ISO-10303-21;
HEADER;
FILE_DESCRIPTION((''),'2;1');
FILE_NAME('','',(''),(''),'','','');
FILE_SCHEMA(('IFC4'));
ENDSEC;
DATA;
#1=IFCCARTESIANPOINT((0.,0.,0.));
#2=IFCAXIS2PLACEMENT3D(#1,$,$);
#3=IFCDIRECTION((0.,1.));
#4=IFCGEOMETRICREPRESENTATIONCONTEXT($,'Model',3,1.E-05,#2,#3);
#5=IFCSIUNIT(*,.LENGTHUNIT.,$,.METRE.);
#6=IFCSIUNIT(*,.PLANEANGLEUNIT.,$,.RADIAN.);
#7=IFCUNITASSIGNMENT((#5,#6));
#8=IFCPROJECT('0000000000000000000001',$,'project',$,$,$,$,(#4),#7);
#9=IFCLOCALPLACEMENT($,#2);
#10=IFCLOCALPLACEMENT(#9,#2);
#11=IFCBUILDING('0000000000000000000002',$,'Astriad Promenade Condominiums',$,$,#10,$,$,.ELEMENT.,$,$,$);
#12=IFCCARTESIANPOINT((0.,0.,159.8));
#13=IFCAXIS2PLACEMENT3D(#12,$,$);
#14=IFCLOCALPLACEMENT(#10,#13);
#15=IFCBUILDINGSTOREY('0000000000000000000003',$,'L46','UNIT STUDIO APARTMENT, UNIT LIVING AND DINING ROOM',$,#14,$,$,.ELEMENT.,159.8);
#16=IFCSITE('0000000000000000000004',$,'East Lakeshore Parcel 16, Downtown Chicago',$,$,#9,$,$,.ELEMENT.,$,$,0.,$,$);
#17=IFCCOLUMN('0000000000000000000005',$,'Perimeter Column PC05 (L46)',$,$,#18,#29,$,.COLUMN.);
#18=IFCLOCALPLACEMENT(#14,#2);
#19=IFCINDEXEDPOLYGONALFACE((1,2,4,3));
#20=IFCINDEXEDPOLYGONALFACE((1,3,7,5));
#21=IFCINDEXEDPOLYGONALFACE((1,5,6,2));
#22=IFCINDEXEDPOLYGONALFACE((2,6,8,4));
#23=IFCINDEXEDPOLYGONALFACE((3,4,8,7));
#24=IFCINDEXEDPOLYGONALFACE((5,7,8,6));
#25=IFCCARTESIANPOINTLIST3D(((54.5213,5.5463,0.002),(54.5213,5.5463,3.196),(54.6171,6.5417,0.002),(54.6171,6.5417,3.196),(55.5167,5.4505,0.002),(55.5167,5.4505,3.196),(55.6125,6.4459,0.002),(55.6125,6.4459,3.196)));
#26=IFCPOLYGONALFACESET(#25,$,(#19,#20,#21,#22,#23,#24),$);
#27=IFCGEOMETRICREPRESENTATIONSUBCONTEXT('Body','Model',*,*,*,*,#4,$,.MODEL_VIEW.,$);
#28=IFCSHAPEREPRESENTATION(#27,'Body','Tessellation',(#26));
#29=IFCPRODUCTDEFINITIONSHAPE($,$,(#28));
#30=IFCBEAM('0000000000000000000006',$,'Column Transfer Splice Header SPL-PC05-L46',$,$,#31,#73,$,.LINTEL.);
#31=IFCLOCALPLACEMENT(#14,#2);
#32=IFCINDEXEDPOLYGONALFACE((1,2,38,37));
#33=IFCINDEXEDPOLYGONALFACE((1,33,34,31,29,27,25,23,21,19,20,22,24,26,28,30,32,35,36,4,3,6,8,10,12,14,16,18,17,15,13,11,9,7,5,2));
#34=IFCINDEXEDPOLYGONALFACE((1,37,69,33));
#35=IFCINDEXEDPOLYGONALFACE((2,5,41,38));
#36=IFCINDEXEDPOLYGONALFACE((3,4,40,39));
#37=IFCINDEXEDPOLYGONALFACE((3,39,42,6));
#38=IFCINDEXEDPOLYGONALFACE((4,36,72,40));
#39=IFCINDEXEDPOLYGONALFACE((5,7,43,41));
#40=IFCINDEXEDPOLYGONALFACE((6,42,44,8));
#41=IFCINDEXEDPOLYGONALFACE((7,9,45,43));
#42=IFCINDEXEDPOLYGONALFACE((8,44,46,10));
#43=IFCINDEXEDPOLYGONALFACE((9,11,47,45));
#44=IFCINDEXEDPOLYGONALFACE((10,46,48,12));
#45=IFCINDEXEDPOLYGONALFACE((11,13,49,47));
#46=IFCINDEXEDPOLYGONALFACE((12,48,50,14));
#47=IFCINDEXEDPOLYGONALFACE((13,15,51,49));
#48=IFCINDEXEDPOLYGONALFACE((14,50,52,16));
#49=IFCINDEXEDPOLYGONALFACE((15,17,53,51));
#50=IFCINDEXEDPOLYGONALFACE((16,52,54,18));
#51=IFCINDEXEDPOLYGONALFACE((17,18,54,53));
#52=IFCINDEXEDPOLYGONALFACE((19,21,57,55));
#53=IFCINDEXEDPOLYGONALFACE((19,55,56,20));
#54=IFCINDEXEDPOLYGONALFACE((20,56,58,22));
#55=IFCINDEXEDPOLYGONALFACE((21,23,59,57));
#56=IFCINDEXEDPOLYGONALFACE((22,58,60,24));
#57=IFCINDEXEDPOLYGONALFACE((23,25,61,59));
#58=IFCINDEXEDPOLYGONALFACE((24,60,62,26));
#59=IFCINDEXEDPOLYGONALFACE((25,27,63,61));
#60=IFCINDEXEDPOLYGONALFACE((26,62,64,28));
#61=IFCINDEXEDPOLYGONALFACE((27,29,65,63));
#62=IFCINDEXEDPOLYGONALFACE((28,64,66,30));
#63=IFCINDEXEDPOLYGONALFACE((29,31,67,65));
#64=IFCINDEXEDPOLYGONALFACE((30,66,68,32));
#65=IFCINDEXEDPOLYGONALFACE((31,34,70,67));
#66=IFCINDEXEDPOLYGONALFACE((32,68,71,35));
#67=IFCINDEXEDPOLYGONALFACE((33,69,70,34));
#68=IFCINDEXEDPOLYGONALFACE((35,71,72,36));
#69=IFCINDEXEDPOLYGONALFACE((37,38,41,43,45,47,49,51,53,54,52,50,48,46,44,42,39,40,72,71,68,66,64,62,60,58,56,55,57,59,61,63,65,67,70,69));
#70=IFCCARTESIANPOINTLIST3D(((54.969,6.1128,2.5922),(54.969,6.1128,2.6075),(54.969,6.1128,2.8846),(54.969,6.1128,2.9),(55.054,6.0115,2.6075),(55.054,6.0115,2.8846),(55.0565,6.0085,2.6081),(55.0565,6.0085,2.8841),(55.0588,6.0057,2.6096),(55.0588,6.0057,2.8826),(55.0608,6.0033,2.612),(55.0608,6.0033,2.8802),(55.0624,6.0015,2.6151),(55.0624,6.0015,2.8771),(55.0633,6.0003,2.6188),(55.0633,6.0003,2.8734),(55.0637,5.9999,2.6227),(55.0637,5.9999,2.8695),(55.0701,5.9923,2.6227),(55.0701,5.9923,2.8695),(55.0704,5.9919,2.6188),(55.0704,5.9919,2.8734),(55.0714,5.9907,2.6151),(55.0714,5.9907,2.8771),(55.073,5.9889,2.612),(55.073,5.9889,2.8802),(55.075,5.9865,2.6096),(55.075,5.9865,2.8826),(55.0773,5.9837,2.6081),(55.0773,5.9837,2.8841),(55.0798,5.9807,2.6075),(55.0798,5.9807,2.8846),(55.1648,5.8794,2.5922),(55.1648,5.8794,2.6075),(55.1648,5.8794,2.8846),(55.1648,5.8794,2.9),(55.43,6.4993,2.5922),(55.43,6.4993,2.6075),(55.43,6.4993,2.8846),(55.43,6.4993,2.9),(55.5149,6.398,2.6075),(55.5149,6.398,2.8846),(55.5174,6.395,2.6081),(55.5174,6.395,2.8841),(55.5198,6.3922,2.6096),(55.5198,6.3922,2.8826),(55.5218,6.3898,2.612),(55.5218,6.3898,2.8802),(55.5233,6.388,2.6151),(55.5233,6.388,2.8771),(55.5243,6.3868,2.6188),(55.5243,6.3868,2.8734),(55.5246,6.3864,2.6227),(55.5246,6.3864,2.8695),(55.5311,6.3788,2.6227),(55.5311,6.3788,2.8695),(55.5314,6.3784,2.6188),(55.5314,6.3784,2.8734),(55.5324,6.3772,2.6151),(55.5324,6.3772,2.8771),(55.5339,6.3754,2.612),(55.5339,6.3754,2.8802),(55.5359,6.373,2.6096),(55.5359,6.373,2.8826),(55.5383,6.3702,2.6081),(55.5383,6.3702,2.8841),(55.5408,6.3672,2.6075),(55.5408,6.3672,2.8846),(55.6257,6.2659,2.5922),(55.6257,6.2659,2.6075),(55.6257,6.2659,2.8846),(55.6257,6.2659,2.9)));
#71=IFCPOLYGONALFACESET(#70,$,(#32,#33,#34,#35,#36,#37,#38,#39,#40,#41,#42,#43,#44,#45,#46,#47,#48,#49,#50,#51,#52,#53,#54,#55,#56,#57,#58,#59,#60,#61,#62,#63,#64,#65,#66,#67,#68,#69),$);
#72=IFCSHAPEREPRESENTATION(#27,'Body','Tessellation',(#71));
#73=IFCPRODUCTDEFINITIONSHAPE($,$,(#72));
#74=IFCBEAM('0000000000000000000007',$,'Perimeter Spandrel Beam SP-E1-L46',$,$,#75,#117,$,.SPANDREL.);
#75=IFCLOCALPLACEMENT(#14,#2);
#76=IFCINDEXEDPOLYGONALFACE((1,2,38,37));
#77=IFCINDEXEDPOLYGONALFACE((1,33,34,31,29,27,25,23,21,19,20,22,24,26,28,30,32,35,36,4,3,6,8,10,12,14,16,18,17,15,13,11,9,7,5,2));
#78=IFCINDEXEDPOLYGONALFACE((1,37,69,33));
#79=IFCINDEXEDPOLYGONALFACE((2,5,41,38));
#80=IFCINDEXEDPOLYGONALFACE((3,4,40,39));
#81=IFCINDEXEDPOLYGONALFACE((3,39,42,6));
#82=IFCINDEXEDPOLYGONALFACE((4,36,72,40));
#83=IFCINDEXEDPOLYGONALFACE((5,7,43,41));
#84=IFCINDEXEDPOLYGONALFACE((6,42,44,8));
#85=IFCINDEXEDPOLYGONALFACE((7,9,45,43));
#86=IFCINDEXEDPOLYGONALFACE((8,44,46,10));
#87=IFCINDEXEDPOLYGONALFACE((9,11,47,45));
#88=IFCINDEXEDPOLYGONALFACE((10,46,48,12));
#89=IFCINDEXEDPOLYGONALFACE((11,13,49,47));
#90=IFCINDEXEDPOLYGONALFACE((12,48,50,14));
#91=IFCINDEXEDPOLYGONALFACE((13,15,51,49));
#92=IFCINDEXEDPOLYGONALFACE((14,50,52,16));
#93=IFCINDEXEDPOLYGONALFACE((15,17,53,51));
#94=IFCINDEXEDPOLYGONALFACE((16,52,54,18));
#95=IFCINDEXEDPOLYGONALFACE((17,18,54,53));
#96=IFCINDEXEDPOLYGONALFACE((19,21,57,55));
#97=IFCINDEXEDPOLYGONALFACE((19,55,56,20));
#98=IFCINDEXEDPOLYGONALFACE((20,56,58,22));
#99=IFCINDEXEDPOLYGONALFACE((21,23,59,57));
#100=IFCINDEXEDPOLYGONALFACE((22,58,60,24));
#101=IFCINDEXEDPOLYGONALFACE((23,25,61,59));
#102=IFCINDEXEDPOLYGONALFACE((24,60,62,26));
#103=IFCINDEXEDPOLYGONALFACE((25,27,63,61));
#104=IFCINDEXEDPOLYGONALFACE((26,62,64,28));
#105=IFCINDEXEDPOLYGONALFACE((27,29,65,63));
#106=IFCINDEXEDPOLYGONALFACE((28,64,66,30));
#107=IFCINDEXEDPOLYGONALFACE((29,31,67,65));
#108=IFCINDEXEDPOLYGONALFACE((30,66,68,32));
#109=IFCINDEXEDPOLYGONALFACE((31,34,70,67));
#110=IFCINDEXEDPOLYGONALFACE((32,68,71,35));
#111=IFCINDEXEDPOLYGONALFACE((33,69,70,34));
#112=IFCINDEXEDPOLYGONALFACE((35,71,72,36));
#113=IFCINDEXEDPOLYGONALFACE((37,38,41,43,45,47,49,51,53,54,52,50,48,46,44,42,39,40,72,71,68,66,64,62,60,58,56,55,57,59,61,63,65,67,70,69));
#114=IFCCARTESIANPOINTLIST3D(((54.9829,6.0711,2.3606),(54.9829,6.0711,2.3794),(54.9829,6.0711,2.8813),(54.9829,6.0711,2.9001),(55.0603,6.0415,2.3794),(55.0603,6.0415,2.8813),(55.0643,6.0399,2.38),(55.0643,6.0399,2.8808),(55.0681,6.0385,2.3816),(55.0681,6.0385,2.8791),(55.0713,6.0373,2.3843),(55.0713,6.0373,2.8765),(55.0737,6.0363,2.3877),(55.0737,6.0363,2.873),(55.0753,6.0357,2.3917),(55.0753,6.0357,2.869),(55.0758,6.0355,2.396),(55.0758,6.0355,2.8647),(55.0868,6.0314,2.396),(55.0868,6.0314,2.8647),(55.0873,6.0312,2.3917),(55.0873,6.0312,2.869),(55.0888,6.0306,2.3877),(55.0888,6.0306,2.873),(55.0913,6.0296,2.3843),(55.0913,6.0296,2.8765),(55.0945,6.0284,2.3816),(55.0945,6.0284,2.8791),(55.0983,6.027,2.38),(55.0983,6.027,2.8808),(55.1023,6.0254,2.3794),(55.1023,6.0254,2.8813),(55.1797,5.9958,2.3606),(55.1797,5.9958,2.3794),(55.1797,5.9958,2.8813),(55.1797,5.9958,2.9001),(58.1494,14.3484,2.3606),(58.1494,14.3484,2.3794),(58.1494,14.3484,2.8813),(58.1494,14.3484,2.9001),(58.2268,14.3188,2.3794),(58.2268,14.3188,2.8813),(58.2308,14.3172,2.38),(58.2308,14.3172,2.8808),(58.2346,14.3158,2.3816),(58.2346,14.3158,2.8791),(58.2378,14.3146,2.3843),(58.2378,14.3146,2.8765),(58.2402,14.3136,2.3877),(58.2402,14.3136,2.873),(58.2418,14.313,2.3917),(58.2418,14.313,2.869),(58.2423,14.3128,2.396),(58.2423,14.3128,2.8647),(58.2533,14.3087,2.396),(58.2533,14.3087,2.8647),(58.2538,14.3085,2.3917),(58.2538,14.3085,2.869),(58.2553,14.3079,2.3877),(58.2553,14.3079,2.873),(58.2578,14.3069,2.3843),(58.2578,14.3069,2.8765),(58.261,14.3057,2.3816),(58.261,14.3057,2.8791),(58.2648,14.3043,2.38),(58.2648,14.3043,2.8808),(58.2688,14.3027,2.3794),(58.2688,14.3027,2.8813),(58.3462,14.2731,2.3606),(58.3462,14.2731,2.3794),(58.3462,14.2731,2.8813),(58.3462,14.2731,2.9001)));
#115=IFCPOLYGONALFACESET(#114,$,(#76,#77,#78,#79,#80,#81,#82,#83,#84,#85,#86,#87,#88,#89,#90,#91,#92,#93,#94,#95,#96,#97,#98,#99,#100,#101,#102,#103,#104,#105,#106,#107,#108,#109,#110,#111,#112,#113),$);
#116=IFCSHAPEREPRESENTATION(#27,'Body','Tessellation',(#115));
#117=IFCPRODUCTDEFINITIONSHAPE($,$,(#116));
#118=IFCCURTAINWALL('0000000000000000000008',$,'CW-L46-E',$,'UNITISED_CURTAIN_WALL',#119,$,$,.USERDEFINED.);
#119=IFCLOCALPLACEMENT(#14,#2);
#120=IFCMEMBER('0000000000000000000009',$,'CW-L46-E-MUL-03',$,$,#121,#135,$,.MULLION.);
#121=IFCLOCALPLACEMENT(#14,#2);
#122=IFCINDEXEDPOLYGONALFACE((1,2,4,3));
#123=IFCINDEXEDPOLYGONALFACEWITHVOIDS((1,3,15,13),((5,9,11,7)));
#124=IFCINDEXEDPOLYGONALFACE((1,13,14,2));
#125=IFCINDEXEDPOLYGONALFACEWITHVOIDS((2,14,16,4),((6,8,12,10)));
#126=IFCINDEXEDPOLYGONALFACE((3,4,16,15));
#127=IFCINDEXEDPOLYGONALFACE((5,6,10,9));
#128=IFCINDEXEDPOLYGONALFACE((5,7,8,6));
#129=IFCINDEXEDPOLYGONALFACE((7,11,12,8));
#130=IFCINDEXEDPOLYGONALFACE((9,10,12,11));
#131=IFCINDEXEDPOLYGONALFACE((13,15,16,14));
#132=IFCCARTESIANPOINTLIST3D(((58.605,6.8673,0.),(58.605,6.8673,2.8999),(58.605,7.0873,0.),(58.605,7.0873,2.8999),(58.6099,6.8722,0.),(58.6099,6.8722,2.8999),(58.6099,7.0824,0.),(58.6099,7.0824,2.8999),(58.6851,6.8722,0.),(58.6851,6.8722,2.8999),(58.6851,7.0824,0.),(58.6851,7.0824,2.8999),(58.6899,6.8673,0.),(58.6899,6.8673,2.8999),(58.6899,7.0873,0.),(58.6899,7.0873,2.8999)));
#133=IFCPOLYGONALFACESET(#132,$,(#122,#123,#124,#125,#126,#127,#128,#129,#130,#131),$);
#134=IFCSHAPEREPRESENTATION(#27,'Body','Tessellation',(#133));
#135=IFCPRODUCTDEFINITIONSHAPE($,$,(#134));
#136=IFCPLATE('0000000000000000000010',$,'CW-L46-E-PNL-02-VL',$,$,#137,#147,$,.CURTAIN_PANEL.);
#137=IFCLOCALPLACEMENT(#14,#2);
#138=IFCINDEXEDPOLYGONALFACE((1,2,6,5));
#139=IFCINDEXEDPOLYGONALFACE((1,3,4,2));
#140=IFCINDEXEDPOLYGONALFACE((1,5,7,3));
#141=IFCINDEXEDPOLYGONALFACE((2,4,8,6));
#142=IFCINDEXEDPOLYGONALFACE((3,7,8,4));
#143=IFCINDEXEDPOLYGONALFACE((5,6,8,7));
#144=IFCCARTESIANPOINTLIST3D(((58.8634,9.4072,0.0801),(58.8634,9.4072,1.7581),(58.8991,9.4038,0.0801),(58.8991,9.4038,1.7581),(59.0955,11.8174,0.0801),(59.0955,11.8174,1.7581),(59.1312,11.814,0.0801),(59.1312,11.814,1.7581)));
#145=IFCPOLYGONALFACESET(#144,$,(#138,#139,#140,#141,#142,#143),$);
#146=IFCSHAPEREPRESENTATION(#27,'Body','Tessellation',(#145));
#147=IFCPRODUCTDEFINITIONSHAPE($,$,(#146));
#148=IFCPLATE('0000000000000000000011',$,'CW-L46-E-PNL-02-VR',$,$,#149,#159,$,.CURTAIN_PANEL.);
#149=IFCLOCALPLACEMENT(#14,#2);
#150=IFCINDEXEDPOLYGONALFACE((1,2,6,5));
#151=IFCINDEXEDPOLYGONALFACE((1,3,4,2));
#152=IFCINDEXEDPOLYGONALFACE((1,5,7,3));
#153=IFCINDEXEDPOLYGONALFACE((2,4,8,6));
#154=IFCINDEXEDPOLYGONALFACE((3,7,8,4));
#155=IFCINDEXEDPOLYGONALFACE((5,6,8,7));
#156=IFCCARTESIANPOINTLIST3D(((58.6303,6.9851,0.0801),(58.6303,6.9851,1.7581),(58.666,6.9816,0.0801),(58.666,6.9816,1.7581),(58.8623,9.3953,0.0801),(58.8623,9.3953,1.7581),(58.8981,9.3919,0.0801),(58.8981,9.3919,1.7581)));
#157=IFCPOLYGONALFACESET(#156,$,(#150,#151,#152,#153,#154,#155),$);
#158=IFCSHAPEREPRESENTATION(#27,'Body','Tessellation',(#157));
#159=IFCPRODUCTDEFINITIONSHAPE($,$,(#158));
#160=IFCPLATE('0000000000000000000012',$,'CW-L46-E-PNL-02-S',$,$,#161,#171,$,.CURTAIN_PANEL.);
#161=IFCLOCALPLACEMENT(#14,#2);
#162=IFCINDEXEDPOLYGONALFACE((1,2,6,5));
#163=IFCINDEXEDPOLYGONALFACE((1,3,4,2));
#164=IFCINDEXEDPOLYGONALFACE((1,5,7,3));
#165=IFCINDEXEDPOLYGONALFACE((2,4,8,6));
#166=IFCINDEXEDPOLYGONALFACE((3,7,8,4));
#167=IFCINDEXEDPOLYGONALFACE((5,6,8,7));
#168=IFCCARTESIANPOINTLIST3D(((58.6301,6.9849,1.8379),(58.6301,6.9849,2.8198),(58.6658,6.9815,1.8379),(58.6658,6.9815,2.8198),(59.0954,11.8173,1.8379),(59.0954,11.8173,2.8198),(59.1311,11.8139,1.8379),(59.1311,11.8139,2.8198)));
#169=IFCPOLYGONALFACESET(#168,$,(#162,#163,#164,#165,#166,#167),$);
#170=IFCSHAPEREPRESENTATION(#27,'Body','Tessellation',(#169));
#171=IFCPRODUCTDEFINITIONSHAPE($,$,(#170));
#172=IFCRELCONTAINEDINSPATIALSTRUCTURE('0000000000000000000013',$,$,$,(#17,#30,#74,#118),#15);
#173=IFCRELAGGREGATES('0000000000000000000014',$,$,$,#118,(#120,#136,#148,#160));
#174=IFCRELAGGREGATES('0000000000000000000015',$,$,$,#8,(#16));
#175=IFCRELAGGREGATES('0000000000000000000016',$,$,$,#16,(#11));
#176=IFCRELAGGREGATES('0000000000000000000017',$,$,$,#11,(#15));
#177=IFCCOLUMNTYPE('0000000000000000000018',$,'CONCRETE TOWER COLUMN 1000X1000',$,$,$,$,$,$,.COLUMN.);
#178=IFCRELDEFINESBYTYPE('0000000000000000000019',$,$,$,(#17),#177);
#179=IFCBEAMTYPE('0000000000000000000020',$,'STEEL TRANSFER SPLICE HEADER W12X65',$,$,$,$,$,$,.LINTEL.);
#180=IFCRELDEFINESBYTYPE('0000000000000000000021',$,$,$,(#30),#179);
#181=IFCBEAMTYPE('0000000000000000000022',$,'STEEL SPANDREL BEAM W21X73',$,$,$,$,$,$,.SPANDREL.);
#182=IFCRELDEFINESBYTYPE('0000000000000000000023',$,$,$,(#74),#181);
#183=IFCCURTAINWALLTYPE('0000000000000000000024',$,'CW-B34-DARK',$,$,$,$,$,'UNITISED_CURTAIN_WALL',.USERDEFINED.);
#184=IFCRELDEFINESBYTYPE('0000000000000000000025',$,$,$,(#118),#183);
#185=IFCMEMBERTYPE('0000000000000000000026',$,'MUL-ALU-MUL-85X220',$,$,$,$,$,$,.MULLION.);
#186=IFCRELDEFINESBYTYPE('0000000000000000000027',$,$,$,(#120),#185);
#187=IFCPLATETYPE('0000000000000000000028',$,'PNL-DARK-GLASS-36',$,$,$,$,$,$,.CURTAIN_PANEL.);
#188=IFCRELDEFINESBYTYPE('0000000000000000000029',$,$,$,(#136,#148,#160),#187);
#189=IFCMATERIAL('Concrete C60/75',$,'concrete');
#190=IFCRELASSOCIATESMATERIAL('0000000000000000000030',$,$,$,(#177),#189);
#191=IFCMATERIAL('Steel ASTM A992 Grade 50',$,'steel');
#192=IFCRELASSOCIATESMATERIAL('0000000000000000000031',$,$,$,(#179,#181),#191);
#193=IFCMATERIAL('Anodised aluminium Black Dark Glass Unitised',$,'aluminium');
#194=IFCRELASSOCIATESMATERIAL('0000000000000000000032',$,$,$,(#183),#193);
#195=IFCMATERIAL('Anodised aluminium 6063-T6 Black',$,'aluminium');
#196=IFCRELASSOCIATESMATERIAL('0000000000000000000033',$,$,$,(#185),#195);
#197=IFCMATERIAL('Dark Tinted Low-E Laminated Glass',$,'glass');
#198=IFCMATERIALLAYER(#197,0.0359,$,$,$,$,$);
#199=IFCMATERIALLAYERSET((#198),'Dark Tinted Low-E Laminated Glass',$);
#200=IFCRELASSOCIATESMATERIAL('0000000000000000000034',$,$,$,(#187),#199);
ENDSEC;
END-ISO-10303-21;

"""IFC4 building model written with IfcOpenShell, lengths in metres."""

from ifc_helpers import new_model, si_unit, direction, frame, origin, origin_2d, place, context, subcontext, project, spatial, rectangle, hollow_rectangle, i_section, extrude, source, transform, mapped, material, layer, layer_set, material_profile, profile_set, type_object, type_shapes, element, aggregate, save


model = new_model("IFC4")

# Units and contexts
model_context = context("Model", 3, precision=1e-05, world=origin(), true_north=direction((0.0, 1.0)))
body_context = subcontext(model_context, "Body", "Model", "MODEL_VIEW")
ifc_project = project(units=[si_unit("LENGTHUNIT", "METRE"), si_unit("PLANEANGLEUNIT", "RADIAN")], contexts=[model_context])

# Site, building, storey
site_placement = place(None, origin())
site = spatial("IfcSite", under=ifc_project, at=site_placement, Name="East Lakeshore Parcel 16, Downtown Chicago", CompositionType="ELEMENT", RefElevation=0.0)
building_placement = place(site_placement, origin())
building = spatial("IfcBuilding", under=site, at=building_placement, Name="Astriad Promenade Condominiums", CompositionType="ELEMENT")
storey_placement = place(building_placement, frame((0.0, 0.0, 159.8)))
storey = spatial("IfcBuildingStorey", under=building, at=storey_placement, Name="L46", Description="UNIT STUDIO APARTMENT, UNIT LIVING AND DINING ROOM", CompositionType="ELEMENT", Elevation=159.8)

# Column
ifc_material_1 = material(Name="Concrete C60/75", Category="concrete")
ifc_material_profile_1 = material_profile(ifc_material_1, rectangle(XDim=1.0, YDim=1.0, at=origin_2d()), Name="RC-COL-1000X1000")
ifc_profile_set_1 = profile_set([ifc_material_profile_1], Name="Concrete C60/75")
column_type = type_object("IfcColumnType", Name="CONCRETE TOWER COLUMN 1000X1000", PredefinedType="COLUMN", material=ifc_profile_set_1)
shared_shape_1 = source(origin(), body_context, "Body", "SweptSolid", [
    extrude(rectangle(XDim=1.0, YDim=1.0, at=origin_2d()), origin(), (0.0, 0.0, 1.0), 3.1941),
])
type_shapes(column_type, [shared_shape_1])
column_placement = place(storey_placement, frame((55.0669, 5.9961, 0.002), z_axis=(0.0, 0.0, 1.0), x_axis=(0.995396, -0.095846, 0.0)))
element("IfcColumn", 1, at=column_placement, inside=storey, type_object=column_type, Name="Perimeter Column PC05 (L46)", PredefinedType="COLUMN", context=body_context, shape_type="MappedRepresentation", body=[
    mapped(shared_shape_1, transform((0.0, 0.0, 0.0), scale=1.0)),
])

# Beams
ifc_material_2 = material(Name="Steel ASTM A992 Grade 50", Category="steel")
ifc_material_profile_2 = material_profile(ifc_material_2, i_section(OverallWidth=0.3047, OverallDepth=0.3079, WebThickness=0.01, FlangeThickness=0.0154, FilletRadius=0.0151, at=origin_2d()), Name="W12X65")
ifc_profile_set_2 = profile_set([ifc_material_profile_2], Name="Steel ASTM A992 Grade 50")
beam_type_1 = type_object("IfcBeamType", Name="STEEL TRANSFER SPLICE HEADER W12X65", PredefinedType="LINTEL", material=ifc_profile_set_2)
shared_shape_2 = source(origin(), body_context, "Body", "SweptSolid", [
    extrude(i_section(OverallWidth=0.3047, OverallDepth=0.3079, WebThickness=0.01, FlangeThickness=0.0154, FilletRadius=0.0151, at=origin_2d()), origin(), (0.0, 0.0, 1.0), 0.6016),
])
type_shapes(beam_type_1, [shared_shape_2])
beam_1_placement = place(storey_placement, frame((55.0669, 5.9961, 2.7461), z_axis=(0.766288, 0.642497, 0.0), x_axis=(-0.642497, 0.766288, 0.0)))
element("IfcBeam", 2, at=beam_1_placement, inside=storey, type_object=beam_type_1, Name="Column Transfer Splice Header SPL-PC05-L46", PredefinedType="LINTEL", context=body_context, shape_type="MappedRepresentation", body=[
    mapped(shared_shape_2, transform((0.0, 0.0, 0.0), scale=1.0)),
])
ifc_material_profile_3 = material_profile(ifc_material_2, i_section(OverallWidth=0.2107, OverallDepth=0.5396, WebThickness=0.0117, FlangeThickness=0.0188, FilletRadius=0.0166, at=origin_2d()), Name="W21X73")
ifc_profile_set_3 = profile_set([ifc_material_profile_3], Name="Steel ASTM A992 Grade 50")
beam_type_2 = type_object("IfcBeamType", Name="STEEL SPANDREL BEAM W21X73", PredefinedType="SPANDREL", material=ifc_profile_set_3)
shared_shape_3 = source(origin(), body_context, "Body", "SweptSolid", [
    extrude(i_section(OverallWidth=0.2107, OverallDepth=0.5396, WebThickness=0.0117, FlangeThickness=0.0188, FilletRadius=0.0166, at=origin_2d()), origin(), (0.0, 0.0, 1.0), 8.8623),
])
type_shapes(beam_type_2, [shared_shape_3])
beam_2_placement = place(storey_placement, frame((55.0813, 6.0334, 2.6304), z_axis=(0.357299, 0.93399, 0.0), x_axis=(-0.93399, 0.357299, 0.0)))
element("IfcBeam", 3, at=beam_2_placement, inside=storey, type_object=beam_type_2, Name="Perimeter Spandrel Beam SP-E1-L46", PredefinedType="SPANDREL", context=body_context, shape_type="MappedRepresentation", body=[
    mapped(shared_shape_3, transform((0.0, 0.0, 0.0), scale=1.0)),
])

# Curtain wall, member, plates
ifc_material_3 = material(Name="Anodised aluminium Black Dark Glass Unitised", Category="aluminium")
curtain_wall_type = type_object("IfcCurtainWallType", Name="CW-B34-DARK", ElementType="UNITISED_CURTAIN_WALL", PredefinedType="USERDEFINED", material=ifc_material_3)
curtain_wall_placement = place(storey_placement, origin())
curtain_wall = element("IfcCurtainWall", 4, at=curtain_wall_placement, inside=storey, type_object=curtain_wall_type, Name="CW-L46-E", ObjectType="UNITISED_CURTAIN_WALL", PredefinedType="USERDEFINED")
ifc_material_4 = material(Name="Anodised aluminium 6063-T6 Black", Category="aluminium")
ifc_material_profile_4 = material_profile(ifc_material_4, hollow_rectangle(XDim=0.085, YDim=0.22, WallThickness=0.0049, at=origin_2d()), Name="ALU-MUL-85X220")
ifc_profile_set_4 = profile_set([ifc_material_profile_4], Name="Anodised aluminium 6063-T6 Black")
member_type = type_object("IfcMemberType", Name="MUL-ALU-MUL-85X220", PredefinedType="MULLION", material=ifc_profile_set_4)
shared_shape_4 = source(origin(), body_context, "Body", "SweptSolid", [
    extrude(hollow_rectangle(XDim=0.085, YDim=0.22, WallThickness=0.0049, at=origin_2d()), origin(), (0.0, 0.0, 1.0), 2.8999),
])
type_shapes(member_type, [shared_shape_4])
member_placement = place(storey_placement, frame((58.6475, 6.9773, 0.0), z_axis=(0.0, 0.0, 1.0), x_axis=(1.0, 0.0, 0.0)))
member = element("IfcMember", 5, at=member_placement, type_object=member_type, Name="CW-L46-E-MUL-03", PredefinedType="MULLION", context=body_context, shape_type="MappedRepresentation", body=[
    mapped(shared_shape_4, transform((0.0, 0.0, 0.0), scale=1.0)),
])
ifc_material_5 = material(Name="Dark Tinted Low-E Laminated Glass", Category="glass")
ifc_layer_1 = layer(ifc_material_5, 0.0359)
ifc_layer_set_1 = layer_set([ifc_layer_1], Name="Dark Tinted Low-E Laminated Glass")
plate_type = type_object("IfcPlateType", Name="PNL-DARK-GLASS-36", PredefinedType="CURTAIN_PANEL", material=ifc_layer_set_1)
shared_shape_5 = source(origin(), body_context, "Body", "SweptSolid", [
    extrude(rectangle(XDim=2.4214, YDim=0.0359, at=origin_2d()), origin(), (0.0, 0.0, 1.0), 1.678),
])
plate_1_placement = place(storey_placement, frame((58.9973, 10.6106, 0.0801), z_axis=(0.0, 0.0, 1.0), x_axis=(-0.095846, -0.995396, 0.0)))
plate_1 = element("IfcPlate", 6, at=plate_1_placement, type_object=plate_type, Name="CW-L46-E-PNL-02-VL", PredefinedType="CURTAIN_PANEL", context=body_context, shape_type="MappedRepresentation", body=[
    mapped(shared_shape_5, transform((0.0, 0.0, 0.0), scale=1.0)),
])
plate_2_placement = place(storey_placement, frame((58.7642, 8.1885, 0.0801), z_axis=(0.0, 0.0, 1.0), x_axis=(-0.095846, -0.995396, 0.0)))
plate_2 = element("IfcPlate", 7, at=plate_2_placement, type_object=plate_type, Name="CW-L46-E-PNL-02-VR", PredefinedType="CURTAIN_PANEL", context=body_context, shape_type="MappedRepresentation", body=[
    mapped(shared_shape_5, transform((0.0, 0.0, 0.0), scale=1.0)),
])
shared_shape_6 = source(origin(), body_context, "Body", "SweptSolid", [
    extrude(rectangle(XDim=4.8547, YDim=0.0359, at=origin_2d()), origin(), (0.0, 0.0, 1.0), 0.9819),
])
type_shapes(plate_type, [shared_shape_5, shared_shape_6])
plate_3_placement = place(storey_placement, frame((58.8806, 9.3994, 1.8379), z_axis=(0.0, 0.0, 1.0), x_axis=(-0.095846, -0.995396, 0.0)))
plate_3 = element("IfcPlate", 8, at=plate_3_placement, type_object=plate_type, Name="CW-L46-E-PNL-02-S", PredefinedType="CURTAIN_PANEL", context=body_context, shape_type="MappedRepresentation", body=[
    mapped(shared_shape_6, transform((0.0, 0.0, 0.0), scale=1.0)),
])
aggregate(curtain_wall, [member, plate_1, plate_2, plate_3])

save(model, "model.ifc")
